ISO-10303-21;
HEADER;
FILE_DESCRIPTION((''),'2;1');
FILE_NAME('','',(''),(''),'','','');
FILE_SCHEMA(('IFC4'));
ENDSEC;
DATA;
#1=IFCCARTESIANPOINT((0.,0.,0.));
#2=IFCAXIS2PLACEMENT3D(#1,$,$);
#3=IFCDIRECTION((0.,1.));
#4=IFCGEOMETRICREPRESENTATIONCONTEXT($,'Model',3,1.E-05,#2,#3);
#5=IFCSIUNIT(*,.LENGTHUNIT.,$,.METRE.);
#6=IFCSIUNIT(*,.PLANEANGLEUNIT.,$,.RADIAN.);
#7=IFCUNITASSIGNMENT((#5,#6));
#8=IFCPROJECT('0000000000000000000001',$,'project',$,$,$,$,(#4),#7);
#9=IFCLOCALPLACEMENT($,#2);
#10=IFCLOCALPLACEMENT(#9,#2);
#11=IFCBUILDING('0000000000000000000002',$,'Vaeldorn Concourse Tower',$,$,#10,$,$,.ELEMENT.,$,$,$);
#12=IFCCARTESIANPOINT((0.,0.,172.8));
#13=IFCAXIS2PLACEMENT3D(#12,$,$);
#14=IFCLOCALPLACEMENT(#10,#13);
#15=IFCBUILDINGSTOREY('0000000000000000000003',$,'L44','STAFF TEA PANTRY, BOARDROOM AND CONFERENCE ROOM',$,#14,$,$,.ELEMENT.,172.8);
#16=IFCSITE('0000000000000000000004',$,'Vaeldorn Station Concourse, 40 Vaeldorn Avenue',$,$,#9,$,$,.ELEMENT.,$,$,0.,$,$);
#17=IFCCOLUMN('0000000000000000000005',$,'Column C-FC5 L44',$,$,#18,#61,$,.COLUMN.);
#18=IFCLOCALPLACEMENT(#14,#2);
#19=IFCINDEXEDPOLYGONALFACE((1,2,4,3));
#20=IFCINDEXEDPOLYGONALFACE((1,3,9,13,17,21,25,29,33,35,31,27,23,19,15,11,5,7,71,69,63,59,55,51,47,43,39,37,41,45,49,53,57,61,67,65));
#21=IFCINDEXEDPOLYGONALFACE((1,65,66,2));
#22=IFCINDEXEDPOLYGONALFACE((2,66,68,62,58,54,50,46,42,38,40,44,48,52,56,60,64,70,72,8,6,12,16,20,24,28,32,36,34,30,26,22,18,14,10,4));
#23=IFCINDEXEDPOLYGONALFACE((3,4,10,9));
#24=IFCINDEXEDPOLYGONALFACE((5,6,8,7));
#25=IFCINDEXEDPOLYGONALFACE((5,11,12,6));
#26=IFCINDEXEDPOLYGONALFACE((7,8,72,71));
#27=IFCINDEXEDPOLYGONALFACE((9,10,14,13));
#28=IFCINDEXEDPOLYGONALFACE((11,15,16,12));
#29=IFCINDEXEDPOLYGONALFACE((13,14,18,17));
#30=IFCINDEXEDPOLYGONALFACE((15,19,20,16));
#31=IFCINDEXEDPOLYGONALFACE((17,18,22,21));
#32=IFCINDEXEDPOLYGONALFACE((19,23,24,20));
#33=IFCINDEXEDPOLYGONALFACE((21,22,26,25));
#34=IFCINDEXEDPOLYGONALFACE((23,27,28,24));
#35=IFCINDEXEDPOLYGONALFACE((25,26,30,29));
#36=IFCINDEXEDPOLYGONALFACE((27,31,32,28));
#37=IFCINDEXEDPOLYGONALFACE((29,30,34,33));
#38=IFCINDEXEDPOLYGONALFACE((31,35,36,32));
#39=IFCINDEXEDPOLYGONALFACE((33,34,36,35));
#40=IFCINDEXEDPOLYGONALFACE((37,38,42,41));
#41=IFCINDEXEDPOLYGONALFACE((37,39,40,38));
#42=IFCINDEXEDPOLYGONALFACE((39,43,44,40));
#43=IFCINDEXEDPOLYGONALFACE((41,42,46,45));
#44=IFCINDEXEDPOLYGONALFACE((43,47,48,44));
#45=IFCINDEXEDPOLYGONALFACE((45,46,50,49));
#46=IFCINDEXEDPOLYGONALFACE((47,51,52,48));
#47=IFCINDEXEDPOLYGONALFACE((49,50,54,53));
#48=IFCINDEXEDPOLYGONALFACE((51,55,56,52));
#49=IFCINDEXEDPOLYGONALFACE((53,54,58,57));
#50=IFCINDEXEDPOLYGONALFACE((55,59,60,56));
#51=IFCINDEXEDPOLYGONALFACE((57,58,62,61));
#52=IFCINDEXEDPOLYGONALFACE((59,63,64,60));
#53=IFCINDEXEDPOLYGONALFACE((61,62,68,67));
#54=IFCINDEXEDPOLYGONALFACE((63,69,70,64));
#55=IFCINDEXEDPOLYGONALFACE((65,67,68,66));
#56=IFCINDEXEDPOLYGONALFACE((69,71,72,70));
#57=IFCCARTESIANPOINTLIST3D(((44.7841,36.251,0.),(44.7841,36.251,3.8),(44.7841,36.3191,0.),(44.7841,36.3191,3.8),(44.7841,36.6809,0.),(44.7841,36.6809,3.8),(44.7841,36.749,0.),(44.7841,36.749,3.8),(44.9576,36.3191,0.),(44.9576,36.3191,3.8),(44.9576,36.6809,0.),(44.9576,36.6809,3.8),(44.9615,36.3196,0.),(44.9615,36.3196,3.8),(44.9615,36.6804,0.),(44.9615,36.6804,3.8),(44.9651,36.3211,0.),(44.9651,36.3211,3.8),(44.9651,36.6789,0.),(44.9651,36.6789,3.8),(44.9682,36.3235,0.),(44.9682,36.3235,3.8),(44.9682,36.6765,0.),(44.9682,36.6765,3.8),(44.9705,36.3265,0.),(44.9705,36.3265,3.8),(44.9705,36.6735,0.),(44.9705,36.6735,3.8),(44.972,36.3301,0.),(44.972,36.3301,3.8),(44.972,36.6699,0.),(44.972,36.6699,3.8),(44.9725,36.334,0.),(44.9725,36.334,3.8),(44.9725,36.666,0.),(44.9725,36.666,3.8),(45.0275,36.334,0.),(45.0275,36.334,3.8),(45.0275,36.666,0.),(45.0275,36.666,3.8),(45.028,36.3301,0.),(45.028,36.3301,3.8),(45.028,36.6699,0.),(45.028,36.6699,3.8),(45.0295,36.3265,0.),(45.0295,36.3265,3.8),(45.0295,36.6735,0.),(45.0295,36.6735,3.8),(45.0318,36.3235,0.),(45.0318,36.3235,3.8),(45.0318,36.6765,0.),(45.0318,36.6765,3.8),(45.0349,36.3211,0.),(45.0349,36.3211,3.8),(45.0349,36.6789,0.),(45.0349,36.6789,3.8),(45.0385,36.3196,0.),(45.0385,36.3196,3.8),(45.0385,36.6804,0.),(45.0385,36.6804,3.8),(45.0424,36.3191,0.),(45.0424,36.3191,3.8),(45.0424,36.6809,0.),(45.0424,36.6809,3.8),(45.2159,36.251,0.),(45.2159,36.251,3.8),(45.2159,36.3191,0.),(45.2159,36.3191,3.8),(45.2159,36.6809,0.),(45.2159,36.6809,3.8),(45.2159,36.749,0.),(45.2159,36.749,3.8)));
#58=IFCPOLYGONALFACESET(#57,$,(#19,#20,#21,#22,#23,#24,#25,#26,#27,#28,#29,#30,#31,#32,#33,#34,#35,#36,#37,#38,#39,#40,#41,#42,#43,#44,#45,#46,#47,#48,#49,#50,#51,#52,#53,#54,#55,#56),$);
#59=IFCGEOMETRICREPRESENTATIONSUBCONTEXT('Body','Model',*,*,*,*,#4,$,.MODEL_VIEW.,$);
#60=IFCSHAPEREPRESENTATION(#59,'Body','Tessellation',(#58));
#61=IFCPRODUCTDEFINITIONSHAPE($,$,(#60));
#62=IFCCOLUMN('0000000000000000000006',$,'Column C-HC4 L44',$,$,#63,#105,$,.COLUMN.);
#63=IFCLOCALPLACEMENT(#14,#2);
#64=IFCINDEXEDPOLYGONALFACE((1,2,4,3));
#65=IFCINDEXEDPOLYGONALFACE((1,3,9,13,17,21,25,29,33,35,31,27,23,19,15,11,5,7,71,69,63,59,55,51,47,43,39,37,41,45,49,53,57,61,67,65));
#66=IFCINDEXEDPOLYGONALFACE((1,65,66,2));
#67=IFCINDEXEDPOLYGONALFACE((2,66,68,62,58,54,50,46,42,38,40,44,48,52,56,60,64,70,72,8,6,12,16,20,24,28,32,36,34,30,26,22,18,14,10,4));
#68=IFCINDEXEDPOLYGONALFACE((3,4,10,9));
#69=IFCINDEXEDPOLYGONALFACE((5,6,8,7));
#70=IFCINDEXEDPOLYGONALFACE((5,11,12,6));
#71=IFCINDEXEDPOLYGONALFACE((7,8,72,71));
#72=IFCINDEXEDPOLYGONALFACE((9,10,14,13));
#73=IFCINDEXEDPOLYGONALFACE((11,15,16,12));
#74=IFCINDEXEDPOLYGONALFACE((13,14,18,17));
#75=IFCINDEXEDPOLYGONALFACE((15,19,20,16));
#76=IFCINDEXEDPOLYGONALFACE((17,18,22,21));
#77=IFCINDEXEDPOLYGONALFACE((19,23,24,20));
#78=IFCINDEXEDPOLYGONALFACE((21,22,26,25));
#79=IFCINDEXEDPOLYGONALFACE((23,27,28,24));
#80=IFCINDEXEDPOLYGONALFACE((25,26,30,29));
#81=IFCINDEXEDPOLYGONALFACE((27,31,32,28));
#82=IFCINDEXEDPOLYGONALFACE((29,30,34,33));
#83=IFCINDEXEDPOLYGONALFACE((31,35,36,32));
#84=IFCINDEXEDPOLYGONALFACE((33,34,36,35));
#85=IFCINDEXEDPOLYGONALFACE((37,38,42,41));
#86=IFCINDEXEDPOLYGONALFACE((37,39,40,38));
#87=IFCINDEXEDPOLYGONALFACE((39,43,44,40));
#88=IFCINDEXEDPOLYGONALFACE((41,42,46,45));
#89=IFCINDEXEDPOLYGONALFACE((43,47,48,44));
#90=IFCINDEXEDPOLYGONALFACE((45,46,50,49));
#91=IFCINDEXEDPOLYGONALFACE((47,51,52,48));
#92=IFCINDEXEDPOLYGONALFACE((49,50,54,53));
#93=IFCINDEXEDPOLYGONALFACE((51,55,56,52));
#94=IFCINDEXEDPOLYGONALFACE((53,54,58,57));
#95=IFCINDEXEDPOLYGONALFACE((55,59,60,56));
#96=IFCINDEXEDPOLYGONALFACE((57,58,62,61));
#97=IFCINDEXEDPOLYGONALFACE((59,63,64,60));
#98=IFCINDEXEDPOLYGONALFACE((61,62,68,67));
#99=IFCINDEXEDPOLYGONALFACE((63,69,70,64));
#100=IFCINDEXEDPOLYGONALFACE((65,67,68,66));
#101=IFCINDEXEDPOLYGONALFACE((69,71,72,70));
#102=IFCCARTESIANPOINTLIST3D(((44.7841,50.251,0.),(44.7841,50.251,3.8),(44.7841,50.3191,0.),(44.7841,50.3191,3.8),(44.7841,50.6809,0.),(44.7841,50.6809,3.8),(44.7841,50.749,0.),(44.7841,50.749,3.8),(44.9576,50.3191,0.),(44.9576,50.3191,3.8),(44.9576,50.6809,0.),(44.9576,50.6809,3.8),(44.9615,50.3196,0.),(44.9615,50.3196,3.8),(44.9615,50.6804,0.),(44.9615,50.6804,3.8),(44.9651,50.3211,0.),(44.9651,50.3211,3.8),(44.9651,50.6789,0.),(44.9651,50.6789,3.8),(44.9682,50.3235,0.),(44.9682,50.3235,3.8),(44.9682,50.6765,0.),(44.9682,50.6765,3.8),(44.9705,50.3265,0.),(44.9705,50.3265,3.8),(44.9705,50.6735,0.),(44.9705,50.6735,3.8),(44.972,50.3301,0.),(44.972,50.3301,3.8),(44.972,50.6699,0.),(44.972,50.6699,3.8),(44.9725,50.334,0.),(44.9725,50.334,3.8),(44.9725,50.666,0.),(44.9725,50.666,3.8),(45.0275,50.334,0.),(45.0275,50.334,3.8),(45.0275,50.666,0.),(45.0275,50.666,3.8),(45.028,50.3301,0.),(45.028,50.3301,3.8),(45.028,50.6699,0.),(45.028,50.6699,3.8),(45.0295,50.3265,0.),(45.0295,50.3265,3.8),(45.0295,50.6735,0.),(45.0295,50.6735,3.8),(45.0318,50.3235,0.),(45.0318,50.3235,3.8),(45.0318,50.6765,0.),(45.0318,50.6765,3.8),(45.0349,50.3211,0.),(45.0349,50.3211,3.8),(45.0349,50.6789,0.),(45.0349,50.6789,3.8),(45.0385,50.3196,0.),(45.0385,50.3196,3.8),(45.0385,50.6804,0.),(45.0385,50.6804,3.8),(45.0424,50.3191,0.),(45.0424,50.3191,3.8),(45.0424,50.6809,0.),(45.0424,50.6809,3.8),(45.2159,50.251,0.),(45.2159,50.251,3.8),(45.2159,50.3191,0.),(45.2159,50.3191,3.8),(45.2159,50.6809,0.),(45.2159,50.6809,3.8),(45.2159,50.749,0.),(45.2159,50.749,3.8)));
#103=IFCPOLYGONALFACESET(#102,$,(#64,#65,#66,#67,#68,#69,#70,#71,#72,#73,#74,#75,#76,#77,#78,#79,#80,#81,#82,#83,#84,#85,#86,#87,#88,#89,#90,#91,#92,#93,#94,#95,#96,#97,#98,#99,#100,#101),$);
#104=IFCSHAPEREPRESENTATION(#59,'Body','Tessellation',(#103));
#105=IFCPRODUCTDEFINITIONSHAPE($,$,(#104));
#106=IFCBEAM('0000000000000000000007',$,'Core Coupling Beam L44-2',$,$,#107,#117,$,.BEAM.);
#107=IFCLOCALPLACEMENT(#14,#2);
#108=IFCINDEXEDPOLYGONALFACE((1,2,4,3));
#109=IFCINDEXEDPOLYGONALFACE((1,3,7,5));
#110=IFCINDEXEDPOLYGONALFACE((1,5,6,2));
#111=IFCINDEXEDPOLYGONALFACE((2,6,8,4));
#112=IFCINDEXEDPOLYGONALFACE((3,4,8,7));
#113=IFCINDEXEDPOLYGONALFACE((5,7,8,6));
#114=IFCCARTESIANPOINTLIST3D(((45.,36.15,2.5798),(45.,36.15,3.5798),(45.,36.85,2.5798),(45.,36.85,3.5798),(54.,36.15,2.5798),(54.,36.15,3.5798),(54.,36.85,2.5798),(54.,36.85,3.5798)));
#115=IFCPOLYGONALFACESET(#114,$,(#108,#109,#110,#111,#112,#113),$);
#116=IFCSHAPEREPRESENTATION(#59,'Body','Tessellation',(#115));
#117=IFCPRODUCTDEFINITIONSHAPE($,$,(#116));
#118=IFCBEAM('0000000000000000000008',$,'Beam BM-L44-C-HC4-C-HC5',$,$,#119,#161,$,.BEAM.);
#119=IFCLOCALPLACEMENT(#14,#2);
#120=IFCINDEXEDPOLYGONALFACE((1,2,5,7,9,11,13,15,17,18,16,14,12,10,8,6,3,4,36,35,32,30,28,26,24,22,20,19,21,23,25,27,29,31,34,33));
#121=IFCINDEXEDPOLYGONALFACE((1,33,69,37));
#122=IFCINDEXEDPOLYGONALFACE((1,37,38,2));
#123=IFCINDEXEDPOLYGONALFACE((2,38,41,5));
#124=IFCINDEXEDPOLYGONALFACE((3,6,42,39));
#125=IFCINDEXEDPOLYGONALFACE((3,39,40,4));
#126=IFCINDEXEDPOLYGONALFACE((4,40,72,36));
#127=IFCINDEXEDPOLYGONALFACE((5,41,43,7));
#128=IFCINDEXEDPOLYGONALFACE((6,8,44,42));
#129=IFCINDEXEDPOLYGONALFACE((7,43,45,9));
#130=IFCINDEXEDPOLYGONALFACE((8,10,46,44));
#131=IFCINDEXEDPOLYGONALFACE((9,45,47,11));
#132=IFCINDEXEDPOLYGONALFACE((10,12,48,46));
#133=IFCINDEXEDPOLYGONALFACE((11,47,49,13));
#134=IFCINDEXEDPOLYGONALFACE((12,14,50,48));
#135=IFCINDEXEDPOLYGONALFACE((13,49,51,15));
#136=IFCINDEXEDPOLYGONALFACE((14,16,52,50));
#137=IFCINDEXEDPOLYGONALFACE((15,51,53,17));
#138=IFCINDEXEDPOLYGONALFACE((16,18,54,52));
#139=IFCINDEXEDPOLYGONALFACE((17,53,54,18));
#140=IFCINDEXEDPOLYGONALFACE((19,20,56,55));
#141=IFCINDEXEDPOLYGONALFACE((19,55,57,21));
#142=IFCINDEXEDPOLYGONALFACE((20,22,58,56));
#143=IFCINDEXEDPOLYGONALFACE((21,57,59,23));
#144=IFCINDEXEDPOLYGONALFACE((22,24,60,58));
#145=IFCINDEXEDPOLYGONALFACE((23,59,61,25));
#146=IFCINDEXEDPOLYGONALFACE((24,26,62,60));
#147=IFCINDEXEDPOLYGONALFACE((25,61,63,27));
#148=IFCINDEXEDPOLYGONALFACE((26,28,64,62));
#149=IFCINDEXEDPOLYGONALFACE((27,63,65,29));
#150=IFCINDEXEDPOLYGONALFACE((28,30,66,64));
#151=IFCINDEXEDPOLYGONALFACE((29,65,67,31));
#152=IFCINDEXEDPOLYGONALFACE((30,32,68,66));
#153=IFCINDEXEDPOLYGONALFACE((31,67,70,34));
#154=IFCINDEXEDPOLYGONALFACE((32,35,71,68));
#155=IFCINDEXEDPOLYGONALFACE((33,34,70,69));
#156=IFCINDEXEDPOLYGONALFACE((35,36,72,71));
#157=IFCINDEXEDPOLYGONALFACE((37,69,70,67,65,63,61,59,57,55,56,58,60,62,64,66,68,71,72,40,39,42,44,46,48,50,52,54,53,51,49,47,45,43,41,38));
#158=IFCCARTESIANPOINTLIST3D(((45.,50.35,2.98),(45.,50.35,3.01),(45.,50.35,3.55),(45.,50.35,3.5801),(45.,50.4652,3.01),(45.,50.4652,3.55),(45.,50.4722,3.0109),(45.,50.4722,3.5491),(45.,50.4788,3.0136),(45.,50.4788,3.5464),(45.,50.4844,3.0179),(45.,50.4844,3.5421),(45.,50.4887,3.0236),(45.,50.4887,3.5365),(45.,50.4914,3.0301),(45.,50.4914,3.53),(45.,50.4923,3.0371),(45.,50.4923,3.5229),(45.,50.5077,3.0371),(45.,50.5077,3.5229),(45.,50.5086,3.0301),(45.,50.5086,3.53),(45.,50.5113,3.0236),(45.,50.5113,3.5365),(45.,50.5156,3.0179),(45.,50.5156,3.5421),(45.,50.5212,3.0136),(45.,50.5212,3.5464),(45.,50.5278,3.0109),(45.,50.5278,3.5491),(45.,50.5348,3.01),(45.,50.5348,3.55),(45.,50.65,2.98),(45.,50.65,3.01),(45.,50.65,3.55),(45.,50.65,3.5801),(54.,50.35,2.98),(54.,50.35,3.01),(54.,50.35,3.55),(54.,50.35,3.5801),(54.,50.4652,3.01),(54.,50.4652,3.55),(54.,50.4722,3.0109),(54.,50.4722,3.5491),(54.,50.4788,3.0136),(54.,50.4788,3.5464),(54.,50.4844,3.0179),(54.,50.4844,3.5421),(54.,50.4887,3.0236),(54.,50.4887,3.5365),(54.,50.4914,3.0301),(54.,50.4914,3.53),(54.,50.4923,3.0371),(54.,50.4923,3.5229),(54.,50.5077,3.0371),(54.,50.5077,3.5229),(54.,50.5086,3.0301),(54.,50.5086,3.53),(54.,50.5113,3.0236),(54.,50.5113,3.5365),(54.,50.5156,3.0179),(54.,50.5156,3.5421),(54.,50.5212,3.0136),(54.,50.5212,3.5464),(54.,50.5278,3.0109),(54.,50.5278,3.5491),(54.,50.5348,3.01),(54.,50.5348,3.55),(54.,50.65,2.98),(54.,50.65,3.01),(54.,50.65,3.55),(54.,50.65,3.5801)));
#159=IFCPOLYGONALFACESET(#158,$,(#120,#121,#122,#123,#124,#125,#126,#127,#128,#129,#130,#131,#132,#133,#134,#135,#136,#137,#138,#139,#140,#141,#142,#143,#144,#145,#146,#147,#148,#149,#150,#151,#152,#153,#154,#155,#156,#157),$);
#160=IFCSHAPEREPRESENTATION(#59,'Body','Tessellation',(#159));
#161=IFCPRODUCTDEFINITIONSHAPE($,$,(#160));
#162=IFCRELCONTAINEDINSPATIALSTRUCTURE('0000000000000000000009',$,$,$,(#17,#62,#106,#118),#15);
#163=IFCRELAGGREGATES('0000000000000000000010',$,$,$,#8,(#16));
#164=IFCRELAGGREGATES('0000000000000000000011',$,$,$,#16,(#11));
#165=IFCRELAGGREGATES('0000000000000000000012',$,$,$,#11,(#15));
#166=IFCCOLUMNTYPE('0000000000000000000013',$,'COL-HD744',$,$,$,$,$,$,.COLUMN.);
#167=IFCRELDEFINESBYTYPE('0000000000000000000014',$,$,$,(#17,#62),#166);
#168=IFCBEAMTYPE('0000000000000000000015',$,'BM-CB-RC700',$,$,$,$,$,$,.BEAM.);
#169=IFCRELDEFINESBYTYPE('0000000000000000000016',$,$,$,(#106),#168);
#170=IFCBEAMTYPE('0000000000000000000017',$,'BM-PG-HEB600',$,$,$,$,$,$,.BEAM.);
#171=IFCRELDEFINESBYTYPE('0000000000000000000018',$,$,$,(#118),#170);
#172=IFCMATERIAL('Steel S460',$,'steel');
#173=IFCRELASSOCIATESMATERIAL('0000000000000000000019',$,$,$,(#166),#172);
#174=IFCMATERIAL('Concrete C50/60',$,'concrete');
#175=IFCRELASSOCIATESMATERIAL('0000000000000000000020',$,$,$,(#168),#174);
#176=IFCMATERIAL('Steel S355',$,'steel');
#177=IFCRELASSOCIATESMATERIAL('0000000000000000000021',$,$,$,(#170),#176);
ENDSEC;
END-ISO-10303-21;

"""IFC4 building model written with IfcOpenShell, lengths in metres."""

from ifc_helpers import new_model, si_unit, direction, frame, origin, origin_2d, place, context, subcontext, project, spatial, rectangle, i_section, extrude, source, transform, mapped, material, material_profile, profile_set, type_object, element, save


model = new_model("IFC4")

# Units and contexts
model_context = context("Model", 3, precision=1e-05, world=origin(), true_north=direction((0.0, 1.0)))
body_context = subcontext(model_context, "Body", "Model", "MODEL_VIEW")
ifc_project = project(units=[si_unit("LENGTHUNIT", "METRE"), si_unit("PLANEANGLEUNIT", "RADIAN")], contexts=[model_context])

# Site, building, storey
site_placement = place(None, origin())
site = spatial("IfcSite", under=ifc_project, at=site_placement, Name="Vaeldorn Station Concourse, 40 Vaeldorn Avenue", CompositionType="ELEMENT", RefElevation=0.0)
building_placement = place(site_placement, origin())
building = spatial("IfcBuilding", under=site, at=building_placement, Name="Vaeldorn Concourse Tower", CompositionType="ELEMENT")
storey_placement = place(building_placement, frame((0.0, 0.0, 172.8)))
storey = spatial("IfcBuildingStorey", under=building, at=storey_placement, Name="L44", Description="STAFF TEA PANTRY, BOARDROOM AND CONFERENCE ROOM", CompositionType="ELEMENT", Elevation=172.8)

# Columns
ifc_material_1 = material(Name="Steel S460", Category="steel")
ifc_material_profile_1 = material_profile(ifc_material_1, i_section(OverallWidth=0.4319, OverallDepth=0.498, WebThickness=0.0549, FlangeThickness=0.0681, FilletRadius=0.0149, at=origin_2d()), Name="HD 400x744")
ifc_profile_set_1 = profile_set([ifc_material_profile_1], Name="Steel S460")
column_type = type_object("IfcColumnType", Name="COL-HD744", PredefinedType="COLUMN", material=ifc_profile_set_1)
shared_shape_1 = source(origin(), body_context, "Body", "SweptSolid", [
    extrude(i_section(OverallWidth=0.4319, OverallDepth=0.498, WebThickness=0.0549, FlangeThickness=0.0681, FilletRadius=0.0149, at=origin_2d()), origin(), (0.0, 0.0, 1.0), 3.8),
])
for number, where, z_axis, x_axis, name in (
    (1, (45.0, 36.5, 0.0), (0.0, 0.0, 1.0), (1.0, 0.0, 0.0), "Column C-FC5 L44"),
    (2, (45.0, 50.5, 0.0), (0.0, 0.0, 1.0), (1.0, 0.0, 0.0), "Column C-HC4 L44"),
):
    element("IfcColumn", number, at=place(storey_placement, frame(where, z_axis=z_axis, x_axis=x_axis)), inside=storey, type_object=column_type, Name=name, PredefinedType="COLUMN", context=body_context, shape_type="MappedRepresentation", body=[
        mapped(shared_shape_1, transform((0.0, 0.0, 0.0), scale=1.0)),
    ])

# Beams
ifc_material_2 = material(Name="Concrete C50/60", Category="concrete")
ifc_material_profile_2 = material_profile(ifc_material_2, rectangle(XDim=0.7, YDim=1.0, at=origin_2d()), Name="RC 700x1000")
ifc_profile_set_2 = profile_set([ifc_material_profile_2], Name="Concrete C50/60")
beam_type_1 = type_object("IfcBeamType", Name="BM-CB-RC700", PredefinedType="BEAM", material=ifc_profile_set_2)
shared_shape_2 = source(origin(), body_context, "Body", "SweptSolid", [
    extrude(rectangle(XDim=0.7, YDim=1.0, at=origin_2d()), origin(), (0.0, 0.0, 1.0), 9.0),
])
beam_1_placement = place(storey_placement, frame((45.0, 36.5, 3.0798), z_axis=(1.0, 0.0, 0.0), x_axis=(0.0, 1.0, 0.0)))
element("IfcBeam", 3, at=beam_1_placement, inside=storey, type_object=beam_type_1, Name="Core Coupling Beam L44-2", PredefinedType="BEAM", context=body_context, shape_type="MappedRepresentation", body=[
    mapped(shared_shape_2, transform((0.0, 0.0, 0.0), scale=1.0)),
])
ifc_material_3 = material(Name="Steel S355", Category="steel")
ifc_material_profile_3 = material_profile(ifc_material_3, i_section(OverallWidth=0.3, OverallDepth=0.6001, WebThickness=0.0154, FlangeThickness=0.03, FilletRadius=0.0271, at=origin_2d()), Name="HEB 600")
ifc_profile_set_3 = profile_set([ifc_material_profile_3], Name="Steel S355")
beam_type_2 = type_object("IfcBeamType", Name="BM-PG-HEB600", PredefinedType="BEAM", material=ifc_profile_set_3)
shared_shape_3 = source(origin(), body_context, "Body", "SweptSolid", [
    extrude(i_section(OverallWidth=0.3, OverallDepth=0.6001, WebThickness=0.0154, FlangeThickness=0.03, FilletRadius=0.0271, at=origin_2d()), origin(), (0.0, 0.0, 1.0), 9.0),
])
beam_2_placement = place(storey_placement, frame((45.0, 50.5, 3.28), z_axis=(1.0, 0.0, 0.0), x_axis=(0.0, 1.0, 0.0)))
element("IfcBeam", 4, at=beam_2_placement, inside=storey, type_object=beam_type_2, Name="Beam BM-L44-C-HC4-C-HC5", PredefinedType="BEAM", context=body_context, shape_type="MappedRepresentation", body=[
    mapped(shared_shape_3, transform((0.0, 0.0, 0.0), scale=1.0)),
])

save(model, "model.ifc")
